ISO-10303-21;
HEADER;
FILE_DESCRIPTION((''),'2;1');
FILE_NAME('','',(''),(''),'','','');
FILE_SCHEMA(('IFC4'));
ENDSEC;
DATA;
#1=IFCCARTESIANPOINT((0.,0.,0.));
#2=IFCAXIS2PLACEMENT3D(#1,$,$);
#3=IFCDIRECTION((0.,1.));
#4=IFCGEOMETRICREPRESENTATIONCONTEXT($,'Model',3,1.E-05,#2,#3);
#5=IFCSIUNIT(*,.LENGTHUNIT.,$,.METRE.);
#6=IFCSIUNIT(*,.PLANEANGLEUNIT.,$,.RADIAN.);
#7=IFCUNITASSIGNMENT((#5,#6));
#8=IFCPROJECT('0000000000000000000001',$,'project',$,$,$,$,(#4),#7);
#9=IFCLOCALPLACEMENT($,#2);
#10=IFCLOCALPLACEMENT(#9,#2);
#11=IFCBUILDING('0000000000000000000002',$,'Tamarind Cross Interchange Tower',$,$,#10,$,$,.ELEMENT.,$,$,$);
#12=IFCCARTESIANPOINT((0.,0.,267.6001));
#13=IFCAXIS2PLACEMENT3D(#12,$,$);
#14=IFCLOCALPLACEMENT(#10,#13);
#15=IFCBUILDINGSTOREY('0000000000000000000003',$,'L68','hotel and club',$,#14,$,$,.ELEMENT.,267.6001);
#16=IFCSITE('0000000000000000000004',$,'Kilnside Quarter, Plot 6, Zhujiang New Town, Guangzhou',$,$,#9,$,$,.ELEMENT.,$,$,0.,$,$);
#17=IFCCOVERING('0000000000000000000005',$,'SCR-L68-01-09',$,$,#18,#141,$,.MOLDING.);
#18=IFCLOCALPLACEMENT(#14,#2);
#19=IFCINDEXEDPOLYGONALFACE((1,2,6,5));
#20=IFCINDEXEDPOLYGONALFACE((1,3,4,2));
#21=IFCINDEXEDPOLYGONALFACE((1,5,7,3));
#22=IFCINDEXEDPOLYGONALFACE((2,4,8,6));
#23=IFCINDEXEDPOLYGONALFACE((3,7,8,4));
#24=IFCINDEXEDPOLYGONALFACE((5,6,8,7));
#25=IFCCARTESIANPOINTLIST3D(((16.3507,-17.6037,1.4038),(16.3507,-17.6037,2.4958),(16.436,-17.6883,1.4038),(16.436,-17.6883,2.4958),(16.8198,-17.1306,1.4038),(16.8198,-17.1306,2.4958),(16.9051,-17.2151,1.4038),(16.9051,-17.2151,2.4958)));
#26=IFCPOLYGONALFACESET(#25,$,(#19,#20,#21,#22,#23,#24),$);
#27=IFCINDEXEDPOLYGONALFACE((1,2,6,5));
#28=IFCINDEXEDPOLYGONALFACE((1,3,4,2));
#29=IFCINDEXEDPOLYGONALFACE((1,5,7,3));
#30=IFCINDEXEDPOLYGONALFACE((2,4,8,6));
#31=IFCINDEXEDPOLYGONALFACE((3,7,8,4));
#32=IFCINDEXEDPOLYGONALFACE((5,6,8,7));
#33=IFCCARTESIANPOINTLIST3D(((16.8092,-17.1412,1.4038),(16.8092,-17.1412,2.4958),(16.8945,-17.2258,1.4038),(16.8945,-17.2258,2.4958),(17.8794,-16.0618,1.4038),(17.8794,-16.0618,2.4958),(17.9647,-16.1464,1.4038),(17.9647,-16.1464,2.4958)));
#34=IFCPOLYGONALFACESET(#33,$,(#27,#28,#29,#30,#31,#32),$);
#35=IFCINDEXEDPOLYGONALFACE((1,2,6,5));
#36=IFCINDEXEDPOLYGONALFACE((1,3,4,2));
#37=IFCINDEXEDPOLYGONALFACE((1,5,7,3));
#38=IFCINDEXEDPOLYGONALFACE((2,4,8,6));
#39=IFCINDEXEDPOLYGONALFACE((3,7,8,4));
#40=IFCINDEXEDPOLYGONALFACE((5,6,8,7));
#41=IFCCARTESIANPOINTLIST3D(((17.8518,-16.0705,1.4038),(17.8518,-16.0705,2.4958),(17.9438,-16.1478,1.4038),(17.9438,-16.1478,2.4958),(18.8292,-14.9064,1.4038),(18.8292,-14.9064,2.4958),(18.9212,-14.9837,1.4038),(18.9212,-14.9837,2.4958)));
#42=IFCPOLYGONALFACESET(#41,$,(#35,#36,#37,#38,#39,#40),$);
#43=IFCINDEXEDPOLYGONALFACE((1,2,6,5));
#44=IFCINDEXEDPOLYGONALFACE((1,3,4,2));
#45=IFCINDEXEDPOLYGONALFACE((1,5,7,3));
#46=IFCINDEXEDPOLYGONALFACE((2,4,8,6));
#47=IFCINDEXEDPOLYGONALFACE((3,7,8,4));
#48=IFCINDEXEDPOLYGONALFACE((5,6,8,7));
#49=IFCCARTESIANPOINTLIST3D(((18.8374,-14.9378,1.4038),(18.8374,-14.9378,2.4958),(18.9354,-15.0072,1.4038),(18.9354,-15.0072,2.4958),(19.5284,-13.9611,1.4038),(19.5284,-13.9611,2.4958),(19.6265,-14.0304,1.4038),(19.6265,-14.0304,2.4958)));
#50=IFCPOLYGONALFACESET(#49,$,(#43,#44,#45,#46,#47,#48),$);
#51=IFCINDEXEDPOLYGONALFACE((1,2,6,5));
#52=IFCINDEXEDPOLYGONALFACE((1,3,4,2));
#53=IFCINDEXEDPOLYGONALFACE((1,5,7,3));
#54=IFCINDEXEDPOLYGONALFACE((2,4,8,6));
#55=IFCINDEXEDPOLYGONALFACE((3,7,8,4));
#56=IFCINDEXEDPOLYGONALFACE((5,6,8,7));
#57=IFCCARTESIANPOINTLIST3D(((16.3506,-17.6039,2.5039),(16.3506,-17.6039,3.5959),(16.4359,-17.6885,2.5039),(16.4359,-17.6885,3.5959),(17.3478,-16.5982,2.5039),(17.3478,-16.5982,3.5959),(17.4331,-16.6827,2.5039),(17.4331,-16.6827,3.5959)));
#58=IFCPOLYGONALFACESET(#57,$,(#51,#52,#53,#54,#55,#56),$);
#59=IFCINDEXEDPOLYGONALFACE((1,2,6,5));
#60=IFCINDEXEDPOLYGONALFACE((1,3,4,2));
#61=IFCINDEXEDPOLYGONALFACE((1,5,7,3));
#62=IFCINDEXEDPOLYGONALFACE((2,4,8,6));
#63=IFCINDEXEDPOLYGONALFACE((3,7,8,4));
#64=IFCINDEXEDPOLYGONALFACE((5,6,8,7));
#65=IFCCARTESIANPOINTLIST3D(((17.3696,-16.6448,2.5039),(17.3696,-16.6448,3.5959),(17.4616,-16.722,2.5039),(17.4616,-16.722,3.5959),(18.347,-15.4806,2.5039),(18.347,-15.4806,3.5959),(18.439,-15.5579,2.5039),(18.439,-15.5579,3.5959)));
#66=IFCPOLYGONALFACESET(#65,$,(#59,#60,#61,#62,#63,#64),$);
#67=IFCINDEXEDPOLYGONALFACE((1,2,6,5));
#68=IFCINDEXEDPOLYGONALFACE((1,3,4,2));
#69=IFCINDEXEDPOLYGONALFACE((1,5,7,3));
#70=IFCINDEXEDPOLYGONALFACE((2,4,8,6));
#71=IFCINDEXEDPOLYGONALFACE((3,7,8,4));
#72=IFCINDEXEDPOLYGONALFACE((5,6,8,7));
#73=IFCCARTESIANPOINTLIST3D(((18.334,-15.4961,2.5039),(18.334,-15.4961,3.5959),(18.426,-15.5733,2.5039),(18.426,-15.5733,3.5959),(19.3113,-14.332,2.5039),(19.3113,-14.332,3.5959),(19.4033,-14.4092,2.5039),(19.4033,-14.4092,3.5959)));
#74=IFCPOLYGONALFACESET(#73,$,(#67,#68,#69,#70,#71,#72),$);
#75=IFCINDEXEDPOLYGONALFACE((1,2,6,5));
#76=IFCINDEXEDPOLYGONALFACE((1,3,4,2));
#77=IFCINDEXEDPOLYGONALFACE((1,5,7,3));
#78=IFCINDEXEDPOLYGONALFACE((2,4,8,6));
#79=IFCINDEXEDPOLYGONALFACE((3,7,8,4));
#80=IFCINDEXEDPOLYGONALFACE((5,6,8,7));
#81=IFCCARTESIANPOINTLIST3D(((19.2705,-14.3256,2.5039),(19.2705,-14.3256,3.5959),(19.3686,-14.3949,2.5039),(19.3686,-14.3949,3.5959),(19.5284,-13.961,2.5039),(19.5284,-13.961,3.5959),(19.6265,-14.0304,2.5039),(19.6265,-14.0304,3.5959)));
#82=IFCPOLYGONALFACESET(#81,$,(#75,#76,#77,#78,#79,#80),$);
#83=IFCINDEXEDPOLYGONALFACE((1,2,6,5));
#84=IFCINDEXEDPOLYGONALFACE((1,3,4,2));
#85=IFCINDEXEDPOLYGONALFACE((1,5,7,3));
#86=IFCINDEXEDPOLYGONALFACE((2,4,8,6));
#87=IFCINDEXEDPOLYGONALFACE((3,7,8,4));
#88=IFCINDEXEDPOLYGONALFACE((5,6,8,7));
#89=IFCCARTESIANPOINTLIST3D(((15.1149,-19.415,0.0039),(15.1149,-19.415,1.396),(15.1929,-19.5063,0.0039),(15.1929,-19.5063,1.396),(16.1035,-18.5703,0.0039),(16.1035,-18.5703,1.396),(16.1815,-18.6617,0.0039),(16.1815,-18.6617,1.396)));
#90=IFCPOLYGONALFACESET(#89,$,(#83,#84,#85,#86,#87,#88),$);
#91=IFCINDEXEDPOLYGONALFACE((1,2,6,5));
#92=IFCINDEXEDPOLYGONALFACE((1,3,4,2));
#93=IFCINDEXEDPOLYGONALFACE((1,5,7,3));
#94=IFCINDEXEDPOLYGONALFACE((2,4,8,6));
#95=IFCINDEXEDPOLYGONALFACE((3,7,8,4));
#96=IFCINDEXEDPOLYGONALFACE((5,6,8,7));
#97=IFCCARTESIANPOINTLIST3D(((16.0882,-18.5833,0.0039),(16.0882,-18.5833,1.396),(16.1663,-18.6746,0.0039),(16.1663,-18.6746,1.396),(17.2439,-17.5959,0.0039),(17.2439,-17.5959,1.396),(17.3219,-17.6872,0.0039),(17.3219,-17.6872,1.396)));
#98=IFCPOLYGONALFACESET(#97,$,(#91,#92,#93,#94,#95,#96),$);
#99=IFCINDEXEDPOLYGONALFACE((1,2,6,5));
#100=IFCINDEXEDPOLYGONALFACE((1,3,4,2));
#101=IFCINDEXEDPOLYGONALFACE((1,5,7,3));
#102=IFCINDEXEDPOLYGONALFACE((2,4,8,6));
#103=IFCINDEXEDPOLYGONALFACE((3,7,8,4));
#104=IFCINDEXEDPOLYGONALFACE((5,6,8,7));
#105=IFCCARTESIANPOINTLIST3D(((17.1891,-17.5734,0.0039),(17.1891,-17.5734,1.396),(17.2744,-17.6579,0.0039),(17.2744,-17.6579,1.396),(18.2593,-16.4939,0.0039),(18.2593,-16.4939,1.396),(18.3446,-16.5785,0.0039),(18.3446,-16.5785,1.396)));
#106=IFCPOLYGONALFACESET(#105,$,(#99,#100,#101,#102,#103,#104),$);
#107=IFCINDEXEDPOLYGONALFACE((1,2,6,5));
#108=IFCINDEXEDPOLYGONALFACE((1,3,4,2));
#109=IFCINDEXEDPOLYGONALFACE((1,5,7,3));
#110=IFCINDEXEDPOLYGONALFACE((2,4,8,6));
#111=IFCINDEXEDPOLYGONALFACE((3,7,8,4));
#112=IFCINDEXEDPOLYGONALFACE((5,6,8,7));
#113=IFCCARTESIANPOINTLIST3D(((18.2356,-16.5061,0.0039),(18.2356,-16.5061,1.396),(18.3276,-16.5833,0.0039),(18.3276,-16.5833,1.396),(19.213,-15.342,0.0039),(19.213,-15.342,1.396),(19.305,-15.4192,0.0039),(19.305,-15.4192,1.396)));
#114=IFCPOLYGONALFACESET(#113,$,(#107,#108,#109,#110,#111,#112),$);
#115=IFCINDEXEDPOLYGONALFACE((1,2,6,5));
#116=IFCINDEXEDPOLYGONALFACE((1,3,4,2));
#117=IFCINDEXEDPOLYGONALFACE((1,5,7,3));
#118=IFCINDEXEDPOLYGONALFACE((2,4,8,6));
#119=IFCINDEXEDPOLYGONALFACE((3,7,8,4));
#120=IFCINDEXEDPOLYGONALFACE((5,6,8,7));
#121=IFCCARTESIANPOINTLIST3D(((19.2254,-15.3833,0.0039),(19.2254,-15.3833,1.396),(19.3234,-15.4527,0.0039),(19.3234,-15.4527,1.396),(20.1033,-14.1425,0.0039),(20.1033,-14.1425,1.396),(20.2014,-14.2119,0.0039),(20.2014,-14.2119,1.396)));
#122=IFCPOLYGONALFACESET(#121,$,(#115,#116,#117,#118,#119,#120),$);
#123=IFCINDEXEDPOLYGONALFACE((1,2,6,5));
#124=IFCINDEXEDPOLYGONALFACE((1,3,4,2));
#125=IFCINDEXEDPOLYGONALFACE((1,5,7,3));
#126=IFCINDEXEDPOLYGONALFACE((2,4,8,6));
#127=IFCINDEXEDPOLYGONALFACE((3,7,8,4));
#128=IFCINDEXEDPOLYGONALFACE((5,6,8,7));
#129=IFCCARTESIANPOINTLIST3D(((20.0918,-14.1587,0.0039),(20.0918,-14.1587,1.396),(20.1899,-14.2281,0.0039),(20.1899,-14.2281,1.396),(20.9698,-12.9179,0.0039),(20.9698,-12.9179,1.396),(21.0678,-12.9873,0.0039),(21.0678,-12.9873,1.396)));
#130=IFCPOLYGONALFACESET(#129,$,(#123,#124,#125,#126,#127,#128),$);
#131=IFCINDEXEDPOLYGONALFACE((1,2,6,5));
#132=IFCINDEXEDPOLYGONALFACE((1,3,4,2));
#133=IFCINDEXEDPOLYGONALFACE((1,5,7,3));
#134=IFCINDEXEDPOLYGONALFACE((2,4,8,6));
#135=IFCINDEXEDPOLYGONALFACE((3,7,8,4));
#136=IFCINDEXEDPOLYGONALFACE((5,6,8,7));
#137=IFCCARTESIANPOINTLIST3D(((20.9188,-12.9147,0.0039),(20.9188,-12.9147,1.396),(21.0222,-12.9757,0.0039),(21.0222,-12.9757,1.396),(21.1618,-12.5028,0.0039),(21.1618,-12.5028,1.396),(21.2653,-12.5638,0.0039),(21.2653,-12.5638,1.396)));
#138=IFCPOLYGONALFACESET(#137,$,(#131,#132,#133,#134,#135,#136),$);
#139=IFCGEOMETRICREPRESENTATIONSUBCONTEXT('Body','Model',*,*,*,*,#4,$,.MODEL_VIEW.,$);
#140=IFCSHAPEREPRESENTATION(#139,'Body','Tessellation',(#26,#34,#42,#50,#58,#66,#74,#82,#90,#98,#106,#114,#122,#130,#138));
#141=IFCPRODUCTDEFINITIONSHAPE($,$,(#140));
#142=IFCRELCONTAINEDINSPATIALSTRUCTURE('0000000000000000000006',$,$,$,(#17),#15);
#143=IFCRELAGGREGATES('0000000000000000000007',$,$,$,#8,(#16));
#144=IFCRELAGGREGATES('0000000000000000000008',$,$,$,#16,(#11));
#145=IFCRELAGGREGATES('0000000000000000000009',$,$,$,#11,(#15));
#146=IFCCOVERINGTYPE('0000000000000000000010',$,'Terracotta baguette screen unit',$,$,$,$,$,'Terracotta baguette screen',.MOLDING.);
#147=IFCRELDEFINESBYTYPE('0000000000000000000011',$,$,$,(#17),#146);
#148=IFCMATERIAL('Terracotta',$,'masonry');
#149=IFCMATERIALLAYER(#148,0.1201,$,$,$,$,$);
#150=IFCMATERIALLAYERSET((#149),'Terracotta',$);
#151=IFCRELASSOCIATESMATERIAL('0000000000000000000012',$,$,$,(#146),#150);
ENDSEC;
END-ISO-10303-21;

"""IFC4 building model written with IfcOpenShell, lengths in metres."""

from ifc_helpers import new_model, si_unit, direction, frame, origin, origin_2d, place, context, subcontext, project, spatial, rectangle, extrude, material, layer, layer_set, type_object, element, save


model = new_model("IFC4")

# Units and contexts
model_context = context("Model", 3, precision=1e-05, world=origin(), true_north=direction((0.0, 1.0)))
body_context = subcontext(model_context, "Body", "Model", "MODEL_VIEW")
ifc_project = project(units=[si_unit("LENGTHUNIT", "METRE"), si_unit("PLANEANGLEUNIT", "RADIAN")], contexts=[model_context])

# Site, building, storey
site_placement = place(None, origin())
site = spatial("IfcSite", under=ifc_project, at=site_placement, Name="Kilnside Quarter, Plot 6, Zhujiang New Town, Guangzhou", CompositionType="ELEMENT", RefElevation=0.0)
building_placement = place(site_placement, origin())
building = spatial("IfcBuilding", under=site, at=building_placement, Name="Tamarind Cross Interchange Tower", CompositionType="ELEMENT")
storey_placement = place(building_placement, frame((0.0, 0.0, 267.6001)))
storey = spatial("IfcBuildingStorey", under=building, at=storey_placement, Name="L68", Description="hotel and club", CompositionType="ELEMENT", Elevation=267.6001)

# Covering
ifc_material_1 = material(Name="Terracotta", Category="masonry")
ifc_layer_1 = layer(ifc_material_1, 0.1201)
ifc_layer_set_1 = layer_set([ifc_layer_1], Name="Terracotta")
covering_type = type_object("IfcCoveringType", Name="Terracotta baguette screen unit", ElementType="Terracotta baguette screen", PredefinedType="MOLDING", material=ifc_layer_set_1)
covering_1_placement = place(storey_placement, origin())
element("IfcCovering", 1, at=covering_1_placement, inside=storey, type_object=covering_type, Name="SCR-L68-01-09", PredefinedType="MOLDING", context=body_context, shape_type="SweptSolid", body=[
    extrude(rectangle(XDim=0.6663, YDim=0.1201, at=origin_2d()), frame((16.6279, -17.4094, 1.4038), z_axis=(0.0, 0.0, 1.0), x_axis=(0.704057, 0.710143, 0.0)), (0.0, 0.0, 1.0), 1.092),
    extrude(rectangle(XDim=1.52, YDim=0.1201, at=origin_2d()), frame((17.387, -16.6438, 1.4038), z_axis=(0.0, 0.0, 1.0), x_axis=(0.704057, 0.710143, 0.0)), (0.0, 0.0, 1.0), 1.092),
    extrude(rectangle(XDim=1.52, YDim=0.1201, at=origin_2d()), frame((18.3865, -15.5271, 1.4038), z_axis=(0.0, 0.0, 1.0), x_axis=(0.643009, 0.765858, 0.0)), (0.0, 0.0, 1.0), 1.092),
    extrude(rectangle(XDim=1.1965, YDim=0.1201, at=origin_2d()), frame((19.2319, -14.4841, 1.4038), z_axis=(0.0, 0.0, 1.0), x_axis=(0.577569, 0.816342, 0.0)), (0.0, 0.0, 1.0), 1.092),
    extrude(rectangle(XDim=1.4163, YDim=0.1201, at=origin_2d()), frame((16.8918, -17.1433, 2.5039), z_axis=(0.0, 0.0, 1.0), x_axis=(0.704057, 0.710143, 0.0)), (0.0, 0.0, 1.0), 1.092),
    extrude(rectangle(XDim=1.52, YDim=0.1201, at=origin_2d()), frame((17.9043, -16.1013, 2.5039), z_axis=(0.0, 0.0, 1.0), x_axis=(0.643009, 0.765858, 0.0)), (0.0, 0.0, 1.0), 1.092),
    extrude(rectangle(XDim=1.52, YDim=0.1201, at=origin_2d()), frame((18.8687, -14.9526, 2.5039), z_axis=(0.0, 0.0, 1.0), x_axis=(0.643009, 0.765858, 0.0)), (0.0, 0.0, 1.0), 1.092),
    extrude(rectangle(XDim=0.4465, YDim=0.1201, at=origin_2d()), frame((19.4485, -14.178, 2.5039), z_axis=(0.0, 0.0, 1.0), x_axis=(0.577569, 0.816342, 0.0)), (0.0, 0.0, 1.0), 1.092),
    extrude(rectangle(XDim=1.3003, YDim=0.1201, at=origin_2d()), frame((15.6482, -19.0383, 0.0039), z_axis=(0.0, 0.0, 1.0), x_axis=(0.760296, 0.649577, 0.0)), (0.0, 0.0, 1.0), 1.3921),
    extrude(rectangle(XDim=1.52, YDim=0.1201, at=origin_2d()), frame((16.7051, -18.1353, 0.0039), z_axis=(0.0, 0.0, 1.0), x_axis=(0.760296, 0.649577, 0.0)), (0.0, 0.0, 1.0), 1.3921),
    extrude(rectangle(XDim=1.52, YDim=0.1201, at=origin_2d()), frame((17.7668, -17.0759, 0.0039), z_axis=(0.0, 0.0, 1.0), x_axis=(0.704057, 0.710143, 0.0)), (0.0, 0.0, 1.0), 1.3921),
    extrude(rectangle(XDim=1.52, YDim=0.1201, at=origin_2d()), frame((18.7703, -15.9626, 0.0039), z_axis=(0.0, 0.0, 1.0), x_axis=(0.643009, 0.765858, 0.0)), (0.0, 0.0, 1.0), 1.3921),
    extrude(rectangle(XDim=1.52, YDim=0.1201, at=origin_2d()), frame((19.7134, -14.7976, 0.0039), z_axis=(0.0, 0.0, 1.0), x_axis=(0.577569, 0.816342, 0.0)), (0.0, 0.0, 1.0), 1.3921),
    extrude(rectangle(XDim=1.52, YDim=0.1201, at=origin_2d()), frame((20.5798, -13.573, 0.0039), z_axis=(0.0, 0.0, 1.0), x_axis=(0.577569, 0.816342, 0.0)), (0.0, 0.0, 1.0), 1.3921),
    extrude(rectangle(XDim=0.4783, YDim=0.1201, at=origin_2d()), frame((21.092, -12.7393, 0.0039), z_axis=(0.0, 0.0, 1.0), x_axis=(0.508183, 0.861249, 0.0)), (0.0, 0.0, 1.0), 1.3921),
])

save(model, "model.ifc")
